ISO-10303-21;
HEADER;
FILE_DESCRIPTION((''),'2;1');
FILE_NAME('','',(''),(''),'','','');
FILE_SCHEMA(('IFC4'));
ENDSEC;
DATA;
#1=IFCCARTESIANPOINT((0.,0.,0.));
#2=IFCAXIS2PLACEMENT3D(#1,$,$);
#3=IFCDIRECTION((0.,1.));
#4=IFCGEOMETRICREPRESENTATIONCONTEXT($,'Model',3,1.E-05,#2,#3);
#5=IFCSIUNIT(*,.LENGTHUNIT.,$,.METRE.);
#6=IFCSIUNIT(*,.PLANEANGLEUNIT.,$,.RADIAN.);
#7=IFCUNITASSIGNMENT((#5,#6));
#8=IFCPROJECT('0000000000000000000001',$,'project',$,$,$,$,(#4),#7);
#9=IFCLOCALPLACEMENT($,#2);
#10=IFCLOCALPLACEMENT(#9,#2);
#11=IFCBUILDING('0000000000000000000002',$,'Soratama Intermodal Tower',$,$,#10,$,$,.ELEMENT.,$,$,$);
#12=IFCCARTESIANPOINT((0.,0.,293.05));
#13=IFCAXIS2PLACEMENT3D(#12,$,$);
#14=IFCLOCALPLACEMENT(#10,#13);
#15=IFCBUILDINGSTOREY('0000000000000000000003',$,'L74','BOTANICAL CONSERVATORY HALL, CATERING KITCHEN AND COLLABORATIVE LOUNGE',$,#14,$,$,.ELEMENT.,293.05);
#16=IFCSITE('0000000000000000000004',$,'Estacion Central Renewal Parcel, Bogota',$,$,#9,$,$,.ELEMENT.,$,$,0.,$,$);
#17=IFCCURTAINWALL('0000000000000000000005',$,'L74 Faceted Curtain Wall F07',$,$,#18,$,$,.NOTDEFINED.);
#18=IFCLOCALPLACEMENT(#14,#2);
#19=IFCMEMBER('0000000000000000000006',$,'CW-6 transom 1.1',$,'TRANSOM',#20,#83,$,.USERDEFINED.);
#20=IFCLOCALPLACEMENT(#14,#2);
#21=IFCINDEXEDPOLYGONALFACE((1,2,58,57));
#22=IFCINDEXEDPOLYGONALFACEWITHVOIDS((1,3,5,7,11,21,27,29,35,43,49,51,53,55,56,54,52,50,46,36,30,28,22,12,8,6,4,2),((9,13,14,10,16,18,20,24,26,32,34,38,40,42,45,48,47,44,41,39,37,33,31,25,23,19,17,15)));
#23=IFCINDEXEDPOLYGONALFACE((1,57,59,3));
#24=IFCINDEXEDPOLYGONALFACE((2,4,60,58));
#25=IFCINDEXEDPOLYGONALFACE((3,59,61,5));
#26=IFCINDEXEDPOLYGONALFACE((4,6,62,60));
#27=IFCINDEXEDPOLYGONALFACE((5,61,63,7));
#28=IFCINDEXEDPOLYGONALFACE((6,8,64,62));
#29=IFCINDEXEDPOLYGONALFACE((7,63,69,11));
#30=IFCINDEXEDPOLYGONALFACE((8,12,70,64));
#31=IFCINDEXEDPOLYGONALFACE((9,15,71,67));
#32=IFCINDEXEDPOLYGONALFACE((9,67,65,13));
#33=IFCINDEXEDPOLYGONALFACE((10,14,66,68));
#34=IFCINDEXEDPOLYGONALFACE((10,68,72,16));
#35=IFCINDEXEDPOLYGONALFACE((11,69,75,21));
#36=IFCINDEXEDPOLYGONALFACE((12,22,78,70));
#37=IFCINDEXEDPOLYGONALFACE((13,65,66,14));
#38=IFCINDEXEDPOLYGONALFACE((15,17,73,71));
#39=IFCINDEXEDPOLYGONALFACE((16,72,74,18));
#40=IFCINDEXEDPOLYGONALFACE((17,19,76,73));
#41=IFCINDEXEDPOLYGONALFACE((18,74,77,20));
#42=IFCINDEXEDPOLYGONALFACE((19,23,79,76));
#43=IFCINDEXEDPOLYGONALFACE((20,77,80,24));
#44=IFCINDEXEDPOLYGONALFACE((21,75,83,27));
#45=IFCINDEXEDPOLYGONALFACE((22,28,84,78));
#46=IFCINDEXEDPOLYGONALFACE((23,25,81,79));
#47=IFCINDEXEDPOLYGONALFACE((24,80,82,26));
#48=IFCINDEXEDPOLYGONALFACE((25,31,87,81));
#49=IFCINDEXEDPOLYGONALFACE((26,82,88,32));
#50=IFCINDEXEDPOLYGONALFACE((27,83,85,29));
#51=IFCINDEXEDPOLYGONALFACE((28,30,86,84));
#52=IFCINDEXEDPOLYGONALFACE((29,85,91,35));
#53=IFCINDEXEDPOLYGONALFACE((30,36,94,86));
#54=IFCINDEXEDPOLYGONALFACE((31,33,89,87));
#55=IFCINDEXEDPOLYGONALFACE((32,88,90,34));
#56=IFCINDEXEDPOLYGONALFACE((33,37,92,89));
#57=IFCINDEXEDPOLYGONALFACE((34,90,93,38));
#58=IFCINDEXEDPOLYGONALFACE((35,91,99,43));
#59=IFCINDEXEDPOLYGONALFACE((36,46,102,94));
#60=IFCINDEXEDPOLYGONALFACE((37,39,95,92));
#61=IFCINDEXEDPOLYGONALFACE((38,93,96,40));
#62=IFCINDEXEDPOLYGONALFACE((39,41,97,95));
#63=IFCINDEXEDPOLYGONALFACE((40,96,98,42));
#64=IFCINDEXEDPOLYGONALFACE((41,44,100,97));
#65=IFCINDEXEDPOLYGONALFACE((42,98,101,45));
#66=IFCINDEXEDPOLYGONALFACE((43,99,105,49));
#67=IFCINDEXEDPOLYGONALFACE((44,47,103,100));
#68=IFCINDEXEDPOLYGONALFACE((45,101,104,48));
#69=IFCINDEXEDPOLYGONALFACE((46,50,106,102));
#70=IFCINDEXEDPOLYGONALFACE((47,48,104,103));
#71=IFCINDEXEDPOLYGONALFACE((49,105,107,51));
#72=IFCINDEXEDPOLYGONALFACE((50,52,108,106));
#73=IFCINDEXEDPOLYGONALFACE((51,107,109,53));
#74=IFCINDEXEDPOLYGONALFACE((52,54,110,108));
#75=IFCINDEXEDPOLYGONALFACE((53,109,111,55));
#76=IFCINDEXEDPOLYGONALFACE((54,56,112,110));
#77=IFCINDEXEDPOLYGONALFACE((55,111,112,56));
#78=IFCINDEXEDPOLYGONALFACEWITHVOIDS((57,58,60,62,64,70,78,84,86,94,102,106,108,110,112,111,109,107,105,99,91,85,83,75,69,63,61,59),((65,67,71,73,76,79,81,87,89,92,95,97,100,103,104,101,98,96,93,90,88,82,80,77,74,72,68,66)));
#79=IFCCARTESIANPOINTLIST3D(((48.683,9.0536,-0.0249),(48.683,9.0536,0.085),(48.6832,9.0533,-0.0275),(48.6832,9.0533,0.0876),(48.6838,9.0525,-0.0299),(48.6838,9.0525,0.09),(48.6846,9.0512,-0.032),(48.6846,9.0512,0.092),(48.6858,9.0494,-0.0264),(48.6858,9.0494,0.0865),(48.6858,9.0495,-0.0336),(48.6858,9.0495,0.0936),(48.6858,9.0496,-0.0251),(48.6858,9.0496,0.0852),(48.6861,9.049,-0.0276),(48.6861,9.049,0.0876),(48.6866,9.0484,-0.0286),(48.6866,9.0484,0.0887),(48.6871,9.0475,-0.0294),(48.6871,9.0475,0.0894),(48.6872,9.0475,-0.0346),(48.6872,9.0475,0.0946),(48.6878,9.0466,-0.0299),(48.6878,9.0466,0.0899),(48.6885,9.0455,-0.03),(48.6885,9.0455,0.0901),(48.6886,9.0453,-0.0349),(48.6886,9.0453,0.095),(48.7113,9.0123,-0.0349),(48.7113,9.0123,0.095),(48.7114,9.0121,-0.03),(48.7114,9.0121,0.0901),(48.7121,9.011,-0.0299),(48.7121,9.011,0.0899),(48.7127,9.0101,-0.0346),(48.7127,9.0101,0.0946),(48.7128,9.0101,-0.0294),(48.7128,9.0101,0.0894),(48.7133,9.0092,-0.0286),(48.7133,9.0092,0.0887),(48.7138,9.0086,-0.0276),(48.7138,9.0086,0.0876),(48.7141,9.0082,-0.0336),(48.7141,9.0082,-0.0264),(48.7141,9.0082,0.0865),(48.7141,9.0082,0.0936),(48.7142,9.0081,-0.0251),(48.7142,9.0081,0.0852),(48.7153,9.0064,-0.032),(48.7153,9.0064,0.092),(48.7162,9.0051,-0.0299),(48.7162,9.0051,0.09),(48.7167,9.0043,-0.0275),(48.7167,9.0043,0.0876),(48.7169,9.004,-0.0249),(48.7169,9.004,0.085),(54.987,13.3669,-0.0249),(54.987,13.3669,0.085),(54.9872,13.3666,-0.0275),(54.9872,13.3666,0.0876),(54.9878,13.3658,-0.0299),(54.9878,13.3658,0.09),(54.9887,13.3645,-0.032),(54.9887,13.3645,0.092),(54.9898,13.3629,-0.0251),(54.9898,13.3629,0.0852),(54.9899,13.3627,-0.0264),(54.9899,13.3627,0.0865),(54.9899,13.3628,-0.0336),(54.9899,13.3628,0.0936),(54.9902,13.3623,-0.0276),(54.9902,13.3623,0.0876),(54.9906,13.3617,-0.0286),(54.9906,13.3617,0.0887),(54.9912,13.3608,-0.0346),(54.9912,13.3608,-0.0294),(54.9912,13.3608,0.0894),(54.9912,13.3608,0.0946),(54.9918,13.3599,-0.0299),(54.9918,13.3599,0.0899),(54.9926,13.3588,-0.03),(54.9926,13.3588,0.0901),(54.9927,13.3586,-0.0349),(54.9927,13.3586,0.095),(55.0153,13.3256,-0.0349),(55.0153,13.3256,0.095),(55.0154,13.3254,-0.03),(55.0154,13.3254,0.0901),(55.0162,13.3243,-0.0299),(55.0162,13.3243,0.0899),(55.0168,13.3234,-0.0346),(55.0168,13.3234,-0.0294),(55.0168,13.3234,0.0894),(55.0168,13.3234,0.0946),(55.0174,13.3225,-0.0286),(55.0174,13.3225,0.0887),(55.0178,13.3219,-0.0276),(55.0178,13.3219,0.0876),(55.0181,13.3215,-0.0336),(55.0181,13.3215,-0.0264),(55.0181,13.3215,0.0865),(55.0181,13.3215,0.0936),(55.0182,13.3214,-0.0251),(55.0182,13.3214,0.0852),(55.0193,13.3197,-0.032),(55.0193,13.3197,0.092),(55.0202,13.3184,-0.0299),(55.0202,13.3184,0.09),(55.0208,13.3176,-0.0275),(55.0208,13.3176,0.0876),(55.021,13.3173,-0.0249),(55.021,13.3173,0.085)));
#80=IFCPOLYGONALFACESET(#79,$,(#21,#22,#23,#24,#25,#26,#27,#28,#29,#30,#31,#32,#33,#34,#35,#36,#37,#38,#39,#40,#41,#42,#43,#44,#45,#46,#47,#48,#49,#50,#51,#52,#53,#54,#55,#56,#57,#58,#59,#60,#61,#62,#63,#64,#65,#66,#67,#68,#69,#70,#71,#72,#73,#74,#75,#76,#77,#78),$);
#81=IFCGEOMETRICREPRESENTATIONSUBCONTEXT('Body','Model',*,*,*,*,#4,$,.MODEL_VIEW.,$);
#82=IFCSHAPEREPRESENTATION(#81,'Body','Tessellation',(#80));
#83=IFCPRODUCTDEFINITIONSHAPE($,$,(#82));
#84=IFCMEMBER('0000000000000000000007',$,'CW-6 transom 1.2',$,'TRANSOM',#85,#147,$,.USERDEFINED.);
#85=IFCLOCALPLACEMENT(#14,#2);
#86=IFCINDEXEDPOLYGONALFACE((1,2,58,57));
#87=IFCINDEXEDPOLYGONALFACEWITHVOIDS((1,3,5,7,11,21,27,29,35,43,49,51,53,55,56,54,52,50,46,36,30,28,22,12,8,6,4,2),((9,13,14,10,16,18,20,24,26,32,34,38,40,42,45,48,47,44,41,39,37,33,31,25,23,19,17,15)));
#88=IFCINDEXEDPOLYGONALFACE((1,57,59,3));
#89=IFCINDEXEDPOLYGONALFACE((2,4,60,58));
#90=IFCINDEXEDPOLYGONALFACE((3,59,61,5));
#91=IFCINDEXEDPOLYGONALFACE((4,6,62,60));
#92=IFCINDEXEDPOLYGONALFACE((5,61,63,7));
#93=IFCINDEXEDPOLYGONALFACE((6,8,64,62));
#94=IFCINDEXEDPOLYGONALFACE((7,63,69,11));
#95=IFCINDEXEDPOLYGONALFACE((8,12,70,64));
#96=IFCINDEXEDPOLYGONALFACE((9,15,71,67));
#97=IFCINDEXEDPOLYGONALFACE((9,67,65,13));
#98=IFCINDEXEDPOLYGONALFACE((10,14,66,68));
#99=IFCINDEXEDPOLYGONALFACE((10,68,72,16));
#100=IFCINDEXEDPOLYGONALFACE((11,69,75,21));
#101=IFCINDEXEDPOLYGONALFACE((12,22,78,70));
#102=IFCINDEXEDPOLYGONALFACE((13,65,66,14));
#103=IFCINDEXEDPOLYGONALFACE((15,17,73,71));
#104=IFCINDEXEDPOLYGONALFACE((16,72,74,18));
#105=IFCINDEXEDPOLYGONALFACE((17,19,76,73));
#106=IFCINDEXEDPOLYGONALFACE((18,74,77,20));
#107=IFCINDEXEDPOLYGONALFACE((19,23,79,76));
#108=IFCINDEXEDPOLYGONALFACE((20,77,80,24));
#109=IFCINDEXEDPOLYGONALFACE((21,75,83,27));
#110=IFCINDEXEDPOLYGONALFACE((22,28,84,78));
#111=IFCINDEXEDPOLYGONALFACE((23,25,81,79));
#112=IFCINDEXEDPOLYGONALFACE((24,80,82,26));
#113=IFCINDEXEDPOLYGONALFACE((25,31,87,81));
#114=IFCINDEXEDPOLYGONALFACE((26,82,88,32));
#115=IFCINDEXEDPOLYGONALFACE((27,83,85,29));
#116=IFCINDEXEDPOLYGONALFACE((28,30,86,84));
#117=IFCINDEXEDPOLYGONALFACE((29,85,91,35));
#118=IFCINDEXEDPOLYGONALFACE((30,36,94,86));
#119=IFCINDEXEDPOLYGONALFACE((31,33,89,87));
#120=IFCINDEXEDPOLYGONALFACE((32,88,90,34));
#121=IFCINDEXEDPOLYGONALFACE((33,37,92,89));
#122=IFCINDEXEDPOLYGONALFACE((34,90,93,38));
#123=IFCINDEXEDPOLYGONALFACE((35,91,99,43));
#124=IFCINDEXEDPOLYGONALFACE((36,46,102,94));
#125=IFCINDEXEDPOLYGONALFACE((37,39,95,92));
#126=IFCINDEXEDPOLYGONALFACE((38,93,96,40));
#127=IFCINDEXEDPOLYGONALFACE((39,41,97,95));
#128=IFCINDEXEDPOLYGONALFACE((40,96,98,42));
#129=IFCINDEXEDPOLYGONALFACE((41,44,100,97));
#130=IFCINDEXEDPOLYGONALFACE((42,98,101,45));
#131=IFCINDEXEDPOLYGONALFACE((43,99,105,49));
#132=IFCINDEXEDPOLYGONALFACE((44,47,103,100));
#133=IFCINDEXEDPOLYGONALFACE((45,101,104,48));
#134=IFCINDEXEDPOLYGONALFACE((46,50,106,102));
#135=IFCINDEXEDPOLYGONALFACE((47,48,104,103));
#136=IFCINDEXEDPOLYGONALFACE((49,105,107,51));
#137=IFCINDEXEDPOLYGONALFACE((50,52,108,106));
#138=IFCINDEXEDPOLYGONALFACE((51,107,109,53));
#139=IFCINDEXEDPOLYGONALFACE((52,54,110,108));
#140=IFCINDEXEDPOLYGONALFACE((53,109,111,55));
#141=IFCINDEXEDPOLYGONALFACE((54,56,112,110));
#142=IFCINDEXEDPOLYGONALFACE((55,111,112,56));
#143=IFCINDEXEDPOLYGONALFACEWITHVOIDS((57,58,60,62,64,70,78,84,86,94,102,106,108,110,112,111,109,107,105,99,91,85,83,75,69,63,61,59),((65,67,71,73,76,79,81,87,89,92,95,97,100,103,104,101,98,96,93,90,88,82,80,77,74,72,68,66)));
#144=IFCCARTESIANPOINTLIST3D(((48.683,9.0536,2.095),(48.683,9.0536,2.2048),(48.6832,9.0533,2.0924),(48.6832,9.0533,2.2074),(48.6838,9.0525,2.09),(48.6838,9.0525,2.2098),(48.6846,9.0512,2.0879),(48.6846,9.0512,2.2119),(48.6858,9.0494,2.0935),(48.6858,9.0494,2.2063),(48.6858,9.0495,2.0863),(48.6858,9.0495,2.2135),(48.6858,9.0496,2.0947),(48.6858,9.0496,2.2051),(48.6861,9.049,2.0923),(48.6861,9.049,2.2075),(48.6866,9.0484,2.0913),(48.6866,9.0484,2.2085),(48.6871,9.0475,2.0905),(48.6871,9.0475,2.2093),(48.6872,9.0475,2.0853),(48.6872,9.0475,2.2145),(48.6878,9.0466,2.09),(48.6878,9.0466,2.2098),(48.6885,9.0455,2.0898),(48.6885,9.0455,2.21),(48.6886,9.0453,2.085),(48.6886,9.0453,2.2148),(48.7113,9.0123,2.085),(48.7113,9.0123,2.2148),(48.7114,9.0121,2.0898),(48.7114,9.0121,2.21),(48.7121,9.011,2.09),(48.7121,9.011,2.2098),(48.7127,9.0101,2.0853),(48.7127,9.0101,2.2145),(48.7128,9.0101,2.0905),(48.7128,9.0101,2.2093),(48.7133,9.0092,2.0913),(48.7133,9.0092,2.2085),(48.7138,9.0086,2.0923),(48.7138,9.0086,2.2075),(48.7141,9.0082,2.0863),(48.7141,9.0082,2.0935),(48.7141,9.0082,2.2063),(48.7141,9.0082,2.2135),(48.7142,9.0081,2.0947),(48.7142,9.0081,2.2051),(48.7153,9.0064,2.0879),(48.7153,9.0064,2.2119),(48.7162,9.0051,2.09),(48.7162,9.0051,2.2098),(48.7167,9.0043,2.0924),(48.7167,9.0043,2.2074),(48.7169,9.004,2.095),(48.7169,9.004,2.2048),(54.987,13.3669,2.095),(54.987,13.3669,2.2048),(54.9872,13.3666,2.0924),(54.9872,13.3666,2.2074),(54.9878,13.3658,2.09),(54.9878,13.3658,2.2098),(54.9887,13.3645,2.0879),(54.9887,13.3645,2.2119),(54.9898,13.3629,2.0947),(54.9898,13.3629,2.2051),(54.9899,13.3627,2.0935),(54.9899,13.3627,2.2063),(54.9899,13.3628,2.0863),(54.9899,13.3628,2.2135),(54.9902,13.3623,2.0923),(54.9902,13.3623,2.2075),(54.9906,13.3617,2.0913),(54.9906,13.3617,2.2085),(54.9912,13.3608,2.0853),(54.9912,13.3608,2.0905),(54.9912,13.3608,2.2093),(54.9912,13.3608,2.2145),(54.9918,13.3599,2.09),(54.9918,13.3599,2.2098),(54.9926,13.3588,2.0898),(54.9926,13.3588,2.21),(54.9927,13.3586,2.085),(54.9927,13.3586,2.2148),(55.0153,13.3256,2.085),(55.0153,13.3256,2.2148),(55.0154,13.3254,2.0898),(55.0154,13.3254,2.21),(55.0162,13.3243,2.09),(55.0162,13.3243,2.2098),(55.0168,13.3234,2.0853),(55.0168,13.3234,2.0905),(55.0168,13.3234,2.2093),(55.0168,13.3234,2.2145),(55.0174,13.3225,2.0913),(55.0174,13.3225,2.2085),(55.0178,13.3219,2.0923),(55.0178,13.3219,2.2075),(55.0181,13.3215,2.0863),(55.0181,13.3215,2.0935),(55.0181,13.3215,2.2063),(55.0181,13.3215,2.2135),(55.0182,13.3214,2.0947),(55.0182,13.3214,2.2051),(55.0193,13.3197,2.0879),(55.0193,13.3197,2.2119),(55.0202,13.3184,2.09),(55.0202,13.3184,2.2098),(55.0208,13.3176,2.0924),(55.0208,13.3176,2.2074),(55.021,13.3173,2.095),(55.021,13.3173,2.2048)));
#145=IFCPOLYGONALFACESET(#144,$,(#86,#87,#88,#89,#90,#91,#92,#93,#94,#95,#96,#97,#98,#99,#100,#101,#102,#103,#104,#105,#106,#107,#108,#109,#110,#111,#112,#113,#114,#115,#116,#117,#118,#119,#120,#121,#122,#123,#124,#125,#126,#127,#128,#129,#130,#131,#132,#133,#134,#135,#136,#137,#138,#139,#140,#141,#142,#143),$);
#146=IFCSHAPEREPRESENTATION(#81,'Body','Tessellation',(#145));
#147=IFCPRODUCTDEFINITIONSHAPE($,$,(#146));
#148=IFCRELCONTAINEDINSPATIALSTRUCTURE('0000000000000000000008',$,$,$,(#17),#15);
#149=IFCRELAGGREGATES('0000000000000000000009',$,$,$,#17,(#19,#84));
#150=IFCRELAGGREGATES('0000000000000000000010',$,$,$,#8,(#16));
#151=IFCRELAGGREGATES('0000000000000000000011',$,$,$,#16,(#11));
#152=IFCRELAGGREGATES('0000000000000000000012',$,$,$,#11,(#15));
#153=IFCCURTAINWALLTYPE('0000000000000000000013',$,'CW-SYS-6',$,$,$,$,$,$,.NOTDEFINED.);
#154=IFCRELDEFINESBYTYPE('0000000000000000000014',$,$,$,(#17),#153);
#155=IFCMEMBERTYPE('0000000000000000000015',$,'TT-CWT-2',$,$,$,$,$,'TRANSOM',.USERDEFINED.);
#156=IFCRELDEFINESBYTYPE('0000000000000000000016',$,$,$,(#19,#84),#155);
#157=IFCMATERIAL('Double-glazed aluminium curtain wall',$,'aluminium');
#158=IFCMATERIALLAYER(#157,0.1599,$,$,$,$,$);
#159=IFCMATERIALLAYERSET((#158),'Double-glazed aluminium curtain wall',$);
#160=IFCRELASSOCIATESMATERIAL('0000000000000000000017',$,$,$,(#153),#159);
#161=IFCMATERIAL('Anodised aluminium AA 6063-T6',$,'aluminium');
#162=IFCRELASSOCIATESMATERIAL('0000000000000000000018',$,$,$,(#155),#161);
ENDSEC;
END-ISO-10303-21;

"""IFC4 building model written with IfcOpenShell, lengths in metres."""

from ifc_helpers import new_model, si_unit, direction, frame, origin, origin_2d, place, context, subcontext, project, spatial, hollow_rectangle, extrude, material, layer, layer_set, material_profile, profile_set, type_object, element, aggregate, save


model = new_model("IFC4")

# Units and contexts
model_context = context("Model", 3, precision=1e-05, world=origin(), true_north=direction((0.0, 1.0)))
body_context = subcontext(model_context, "Body", "Model", "MODEL_VIEW")
ifc_project = project(units=[si_unit("LENGTHUNIT", "METRE"), si_unit("PLANEANGLEUNIT", "RADIAN")], contexts=[model_context])

# Site, building, storey
site_placement = place(None, origin())
site = spatial("IfcSite", under=ifc_project, at=site_placement, Name="Estacion Central Renewal Parcel, Bogota", CompositionType="ELEMENT", RefElevation=0.0)
building_placement = place(site_placement, origin())
building = spatial("IfcBuilding", under=site, at=building_placement, Name="Soratama Intermodal Tower", CompositionType="ELEMENT")
storey_placement = place(building_placement, frame((0.0, 0.0, 293.05)))
storey = spatial("IfcBuildingStorey", under=building, at=storey_placement, Name="L74", Description="BOTANICAL CONSERVATORY HALL, CATERING KITCHEN AND COLLABORATIVE LOUNGE", CompositionType="ELEMENT", Elevation=293.05)

# Curtain wall
ifc_material_1 = material(Name="Double-glazed aluminium curtain wall", Category="aluminium")
ifc_layer_1 = layer(ifc_material_1, 0.1599)
ifc_layer_set_1 = layer_set([ifc_layer_1], Name="Double-glazed aluminium curtain wall")
curtain_wall_type = type_object("IfcCurtainWallType", Name="CW-SYS-6", PredefinedType="NOTDEFINED", material=ifc_layer_set_1)
curtain_wall_1_placement = place(storey_placement, origin())
curtain_wall_1 = element("IfcCurtainWall", 1, at=curtain_wall_1_placement, inside=storey, type_object=curtain_wall_type, Name="L74 Faceted Curtain Wall F07", PredefinedType="NOTDEFINED")

# Members
ifc_material_2 = material(Name="Anodised aluminium AA 6063-T6", Category="aluminium")
ifc_material_profile_1 = material_profile(ifc_material_2, hollow_rectangle(XDim=0.0601, YDim=0.1299, WallThickness=0.0049, InnerFilletRadius=0.0049, OuterFilletRadius=0.01, at=origin_2d()), Name="CWT130X60X5")
ifc_profile_set_1 = profile_set([ifc_material_profile_1], Name="Anodised aluminium AA 6063-T6")
member_type_1 = type_object("IfcMemberType", Name="TT-CWT-2", ElementType="TRANSOM", PredefinedType="USERDEFINED", material=ifc_profile_set_1)
member_1_placement = place(storey_placement, frame((48.7, 9.0288, 0.03), z_axis=(0.825307, 0.564684, 0.0), x_axis=(-0.564684, 0.825307, 0.0)))
member_1 = element("IfcMember", 2, at=member_1_placement, type_object=member_type_1, Name="CW-6 transom 1.1", ObjectType="TRANSOM", PredefinedType="USERDEFINED", context=body_context, shape_type="SweptSolid", body=[
    extrude(hollow_rectangle(XDim=0.0601, YDim=0.1299, WallThickness=0.0049, InnerFilletRadius=0.0049, OuterFilletRadius=0.01, at=origin_2d()), origin(), (0.0, 0.0, 1.0), 7.6384),
])
member_2_placement = place(storey_placement, frame((48.7, 9.0288, 2.1499), z_axis=(0.825307, 0.564684, 0.0), x_axis=(-0.564684, 0.825307, 0.0)))
member_2 = element("IfcMember", 3, at=member_2_placement, type_object=member_type_1, Name="CW-6 transom 1.2", ObjectType="TRANSOM", PredefinedType="USERDEFINED", context=body_context, shape_type="SweptSolid", body=[
    extrude(hollow_rectangle(XDim=0.0601, YDim=0.1299, WallThickness=0.0049, InnerFilletRadius=0.0049, OuterFilletRadius=0.01, at=origin_2d()), origin(), (0.0, 0.0, 1.0), 7.6384),
])

aggregate(curtain_wall_1, [member_1, member_2])

save(model, "model.ifc")
